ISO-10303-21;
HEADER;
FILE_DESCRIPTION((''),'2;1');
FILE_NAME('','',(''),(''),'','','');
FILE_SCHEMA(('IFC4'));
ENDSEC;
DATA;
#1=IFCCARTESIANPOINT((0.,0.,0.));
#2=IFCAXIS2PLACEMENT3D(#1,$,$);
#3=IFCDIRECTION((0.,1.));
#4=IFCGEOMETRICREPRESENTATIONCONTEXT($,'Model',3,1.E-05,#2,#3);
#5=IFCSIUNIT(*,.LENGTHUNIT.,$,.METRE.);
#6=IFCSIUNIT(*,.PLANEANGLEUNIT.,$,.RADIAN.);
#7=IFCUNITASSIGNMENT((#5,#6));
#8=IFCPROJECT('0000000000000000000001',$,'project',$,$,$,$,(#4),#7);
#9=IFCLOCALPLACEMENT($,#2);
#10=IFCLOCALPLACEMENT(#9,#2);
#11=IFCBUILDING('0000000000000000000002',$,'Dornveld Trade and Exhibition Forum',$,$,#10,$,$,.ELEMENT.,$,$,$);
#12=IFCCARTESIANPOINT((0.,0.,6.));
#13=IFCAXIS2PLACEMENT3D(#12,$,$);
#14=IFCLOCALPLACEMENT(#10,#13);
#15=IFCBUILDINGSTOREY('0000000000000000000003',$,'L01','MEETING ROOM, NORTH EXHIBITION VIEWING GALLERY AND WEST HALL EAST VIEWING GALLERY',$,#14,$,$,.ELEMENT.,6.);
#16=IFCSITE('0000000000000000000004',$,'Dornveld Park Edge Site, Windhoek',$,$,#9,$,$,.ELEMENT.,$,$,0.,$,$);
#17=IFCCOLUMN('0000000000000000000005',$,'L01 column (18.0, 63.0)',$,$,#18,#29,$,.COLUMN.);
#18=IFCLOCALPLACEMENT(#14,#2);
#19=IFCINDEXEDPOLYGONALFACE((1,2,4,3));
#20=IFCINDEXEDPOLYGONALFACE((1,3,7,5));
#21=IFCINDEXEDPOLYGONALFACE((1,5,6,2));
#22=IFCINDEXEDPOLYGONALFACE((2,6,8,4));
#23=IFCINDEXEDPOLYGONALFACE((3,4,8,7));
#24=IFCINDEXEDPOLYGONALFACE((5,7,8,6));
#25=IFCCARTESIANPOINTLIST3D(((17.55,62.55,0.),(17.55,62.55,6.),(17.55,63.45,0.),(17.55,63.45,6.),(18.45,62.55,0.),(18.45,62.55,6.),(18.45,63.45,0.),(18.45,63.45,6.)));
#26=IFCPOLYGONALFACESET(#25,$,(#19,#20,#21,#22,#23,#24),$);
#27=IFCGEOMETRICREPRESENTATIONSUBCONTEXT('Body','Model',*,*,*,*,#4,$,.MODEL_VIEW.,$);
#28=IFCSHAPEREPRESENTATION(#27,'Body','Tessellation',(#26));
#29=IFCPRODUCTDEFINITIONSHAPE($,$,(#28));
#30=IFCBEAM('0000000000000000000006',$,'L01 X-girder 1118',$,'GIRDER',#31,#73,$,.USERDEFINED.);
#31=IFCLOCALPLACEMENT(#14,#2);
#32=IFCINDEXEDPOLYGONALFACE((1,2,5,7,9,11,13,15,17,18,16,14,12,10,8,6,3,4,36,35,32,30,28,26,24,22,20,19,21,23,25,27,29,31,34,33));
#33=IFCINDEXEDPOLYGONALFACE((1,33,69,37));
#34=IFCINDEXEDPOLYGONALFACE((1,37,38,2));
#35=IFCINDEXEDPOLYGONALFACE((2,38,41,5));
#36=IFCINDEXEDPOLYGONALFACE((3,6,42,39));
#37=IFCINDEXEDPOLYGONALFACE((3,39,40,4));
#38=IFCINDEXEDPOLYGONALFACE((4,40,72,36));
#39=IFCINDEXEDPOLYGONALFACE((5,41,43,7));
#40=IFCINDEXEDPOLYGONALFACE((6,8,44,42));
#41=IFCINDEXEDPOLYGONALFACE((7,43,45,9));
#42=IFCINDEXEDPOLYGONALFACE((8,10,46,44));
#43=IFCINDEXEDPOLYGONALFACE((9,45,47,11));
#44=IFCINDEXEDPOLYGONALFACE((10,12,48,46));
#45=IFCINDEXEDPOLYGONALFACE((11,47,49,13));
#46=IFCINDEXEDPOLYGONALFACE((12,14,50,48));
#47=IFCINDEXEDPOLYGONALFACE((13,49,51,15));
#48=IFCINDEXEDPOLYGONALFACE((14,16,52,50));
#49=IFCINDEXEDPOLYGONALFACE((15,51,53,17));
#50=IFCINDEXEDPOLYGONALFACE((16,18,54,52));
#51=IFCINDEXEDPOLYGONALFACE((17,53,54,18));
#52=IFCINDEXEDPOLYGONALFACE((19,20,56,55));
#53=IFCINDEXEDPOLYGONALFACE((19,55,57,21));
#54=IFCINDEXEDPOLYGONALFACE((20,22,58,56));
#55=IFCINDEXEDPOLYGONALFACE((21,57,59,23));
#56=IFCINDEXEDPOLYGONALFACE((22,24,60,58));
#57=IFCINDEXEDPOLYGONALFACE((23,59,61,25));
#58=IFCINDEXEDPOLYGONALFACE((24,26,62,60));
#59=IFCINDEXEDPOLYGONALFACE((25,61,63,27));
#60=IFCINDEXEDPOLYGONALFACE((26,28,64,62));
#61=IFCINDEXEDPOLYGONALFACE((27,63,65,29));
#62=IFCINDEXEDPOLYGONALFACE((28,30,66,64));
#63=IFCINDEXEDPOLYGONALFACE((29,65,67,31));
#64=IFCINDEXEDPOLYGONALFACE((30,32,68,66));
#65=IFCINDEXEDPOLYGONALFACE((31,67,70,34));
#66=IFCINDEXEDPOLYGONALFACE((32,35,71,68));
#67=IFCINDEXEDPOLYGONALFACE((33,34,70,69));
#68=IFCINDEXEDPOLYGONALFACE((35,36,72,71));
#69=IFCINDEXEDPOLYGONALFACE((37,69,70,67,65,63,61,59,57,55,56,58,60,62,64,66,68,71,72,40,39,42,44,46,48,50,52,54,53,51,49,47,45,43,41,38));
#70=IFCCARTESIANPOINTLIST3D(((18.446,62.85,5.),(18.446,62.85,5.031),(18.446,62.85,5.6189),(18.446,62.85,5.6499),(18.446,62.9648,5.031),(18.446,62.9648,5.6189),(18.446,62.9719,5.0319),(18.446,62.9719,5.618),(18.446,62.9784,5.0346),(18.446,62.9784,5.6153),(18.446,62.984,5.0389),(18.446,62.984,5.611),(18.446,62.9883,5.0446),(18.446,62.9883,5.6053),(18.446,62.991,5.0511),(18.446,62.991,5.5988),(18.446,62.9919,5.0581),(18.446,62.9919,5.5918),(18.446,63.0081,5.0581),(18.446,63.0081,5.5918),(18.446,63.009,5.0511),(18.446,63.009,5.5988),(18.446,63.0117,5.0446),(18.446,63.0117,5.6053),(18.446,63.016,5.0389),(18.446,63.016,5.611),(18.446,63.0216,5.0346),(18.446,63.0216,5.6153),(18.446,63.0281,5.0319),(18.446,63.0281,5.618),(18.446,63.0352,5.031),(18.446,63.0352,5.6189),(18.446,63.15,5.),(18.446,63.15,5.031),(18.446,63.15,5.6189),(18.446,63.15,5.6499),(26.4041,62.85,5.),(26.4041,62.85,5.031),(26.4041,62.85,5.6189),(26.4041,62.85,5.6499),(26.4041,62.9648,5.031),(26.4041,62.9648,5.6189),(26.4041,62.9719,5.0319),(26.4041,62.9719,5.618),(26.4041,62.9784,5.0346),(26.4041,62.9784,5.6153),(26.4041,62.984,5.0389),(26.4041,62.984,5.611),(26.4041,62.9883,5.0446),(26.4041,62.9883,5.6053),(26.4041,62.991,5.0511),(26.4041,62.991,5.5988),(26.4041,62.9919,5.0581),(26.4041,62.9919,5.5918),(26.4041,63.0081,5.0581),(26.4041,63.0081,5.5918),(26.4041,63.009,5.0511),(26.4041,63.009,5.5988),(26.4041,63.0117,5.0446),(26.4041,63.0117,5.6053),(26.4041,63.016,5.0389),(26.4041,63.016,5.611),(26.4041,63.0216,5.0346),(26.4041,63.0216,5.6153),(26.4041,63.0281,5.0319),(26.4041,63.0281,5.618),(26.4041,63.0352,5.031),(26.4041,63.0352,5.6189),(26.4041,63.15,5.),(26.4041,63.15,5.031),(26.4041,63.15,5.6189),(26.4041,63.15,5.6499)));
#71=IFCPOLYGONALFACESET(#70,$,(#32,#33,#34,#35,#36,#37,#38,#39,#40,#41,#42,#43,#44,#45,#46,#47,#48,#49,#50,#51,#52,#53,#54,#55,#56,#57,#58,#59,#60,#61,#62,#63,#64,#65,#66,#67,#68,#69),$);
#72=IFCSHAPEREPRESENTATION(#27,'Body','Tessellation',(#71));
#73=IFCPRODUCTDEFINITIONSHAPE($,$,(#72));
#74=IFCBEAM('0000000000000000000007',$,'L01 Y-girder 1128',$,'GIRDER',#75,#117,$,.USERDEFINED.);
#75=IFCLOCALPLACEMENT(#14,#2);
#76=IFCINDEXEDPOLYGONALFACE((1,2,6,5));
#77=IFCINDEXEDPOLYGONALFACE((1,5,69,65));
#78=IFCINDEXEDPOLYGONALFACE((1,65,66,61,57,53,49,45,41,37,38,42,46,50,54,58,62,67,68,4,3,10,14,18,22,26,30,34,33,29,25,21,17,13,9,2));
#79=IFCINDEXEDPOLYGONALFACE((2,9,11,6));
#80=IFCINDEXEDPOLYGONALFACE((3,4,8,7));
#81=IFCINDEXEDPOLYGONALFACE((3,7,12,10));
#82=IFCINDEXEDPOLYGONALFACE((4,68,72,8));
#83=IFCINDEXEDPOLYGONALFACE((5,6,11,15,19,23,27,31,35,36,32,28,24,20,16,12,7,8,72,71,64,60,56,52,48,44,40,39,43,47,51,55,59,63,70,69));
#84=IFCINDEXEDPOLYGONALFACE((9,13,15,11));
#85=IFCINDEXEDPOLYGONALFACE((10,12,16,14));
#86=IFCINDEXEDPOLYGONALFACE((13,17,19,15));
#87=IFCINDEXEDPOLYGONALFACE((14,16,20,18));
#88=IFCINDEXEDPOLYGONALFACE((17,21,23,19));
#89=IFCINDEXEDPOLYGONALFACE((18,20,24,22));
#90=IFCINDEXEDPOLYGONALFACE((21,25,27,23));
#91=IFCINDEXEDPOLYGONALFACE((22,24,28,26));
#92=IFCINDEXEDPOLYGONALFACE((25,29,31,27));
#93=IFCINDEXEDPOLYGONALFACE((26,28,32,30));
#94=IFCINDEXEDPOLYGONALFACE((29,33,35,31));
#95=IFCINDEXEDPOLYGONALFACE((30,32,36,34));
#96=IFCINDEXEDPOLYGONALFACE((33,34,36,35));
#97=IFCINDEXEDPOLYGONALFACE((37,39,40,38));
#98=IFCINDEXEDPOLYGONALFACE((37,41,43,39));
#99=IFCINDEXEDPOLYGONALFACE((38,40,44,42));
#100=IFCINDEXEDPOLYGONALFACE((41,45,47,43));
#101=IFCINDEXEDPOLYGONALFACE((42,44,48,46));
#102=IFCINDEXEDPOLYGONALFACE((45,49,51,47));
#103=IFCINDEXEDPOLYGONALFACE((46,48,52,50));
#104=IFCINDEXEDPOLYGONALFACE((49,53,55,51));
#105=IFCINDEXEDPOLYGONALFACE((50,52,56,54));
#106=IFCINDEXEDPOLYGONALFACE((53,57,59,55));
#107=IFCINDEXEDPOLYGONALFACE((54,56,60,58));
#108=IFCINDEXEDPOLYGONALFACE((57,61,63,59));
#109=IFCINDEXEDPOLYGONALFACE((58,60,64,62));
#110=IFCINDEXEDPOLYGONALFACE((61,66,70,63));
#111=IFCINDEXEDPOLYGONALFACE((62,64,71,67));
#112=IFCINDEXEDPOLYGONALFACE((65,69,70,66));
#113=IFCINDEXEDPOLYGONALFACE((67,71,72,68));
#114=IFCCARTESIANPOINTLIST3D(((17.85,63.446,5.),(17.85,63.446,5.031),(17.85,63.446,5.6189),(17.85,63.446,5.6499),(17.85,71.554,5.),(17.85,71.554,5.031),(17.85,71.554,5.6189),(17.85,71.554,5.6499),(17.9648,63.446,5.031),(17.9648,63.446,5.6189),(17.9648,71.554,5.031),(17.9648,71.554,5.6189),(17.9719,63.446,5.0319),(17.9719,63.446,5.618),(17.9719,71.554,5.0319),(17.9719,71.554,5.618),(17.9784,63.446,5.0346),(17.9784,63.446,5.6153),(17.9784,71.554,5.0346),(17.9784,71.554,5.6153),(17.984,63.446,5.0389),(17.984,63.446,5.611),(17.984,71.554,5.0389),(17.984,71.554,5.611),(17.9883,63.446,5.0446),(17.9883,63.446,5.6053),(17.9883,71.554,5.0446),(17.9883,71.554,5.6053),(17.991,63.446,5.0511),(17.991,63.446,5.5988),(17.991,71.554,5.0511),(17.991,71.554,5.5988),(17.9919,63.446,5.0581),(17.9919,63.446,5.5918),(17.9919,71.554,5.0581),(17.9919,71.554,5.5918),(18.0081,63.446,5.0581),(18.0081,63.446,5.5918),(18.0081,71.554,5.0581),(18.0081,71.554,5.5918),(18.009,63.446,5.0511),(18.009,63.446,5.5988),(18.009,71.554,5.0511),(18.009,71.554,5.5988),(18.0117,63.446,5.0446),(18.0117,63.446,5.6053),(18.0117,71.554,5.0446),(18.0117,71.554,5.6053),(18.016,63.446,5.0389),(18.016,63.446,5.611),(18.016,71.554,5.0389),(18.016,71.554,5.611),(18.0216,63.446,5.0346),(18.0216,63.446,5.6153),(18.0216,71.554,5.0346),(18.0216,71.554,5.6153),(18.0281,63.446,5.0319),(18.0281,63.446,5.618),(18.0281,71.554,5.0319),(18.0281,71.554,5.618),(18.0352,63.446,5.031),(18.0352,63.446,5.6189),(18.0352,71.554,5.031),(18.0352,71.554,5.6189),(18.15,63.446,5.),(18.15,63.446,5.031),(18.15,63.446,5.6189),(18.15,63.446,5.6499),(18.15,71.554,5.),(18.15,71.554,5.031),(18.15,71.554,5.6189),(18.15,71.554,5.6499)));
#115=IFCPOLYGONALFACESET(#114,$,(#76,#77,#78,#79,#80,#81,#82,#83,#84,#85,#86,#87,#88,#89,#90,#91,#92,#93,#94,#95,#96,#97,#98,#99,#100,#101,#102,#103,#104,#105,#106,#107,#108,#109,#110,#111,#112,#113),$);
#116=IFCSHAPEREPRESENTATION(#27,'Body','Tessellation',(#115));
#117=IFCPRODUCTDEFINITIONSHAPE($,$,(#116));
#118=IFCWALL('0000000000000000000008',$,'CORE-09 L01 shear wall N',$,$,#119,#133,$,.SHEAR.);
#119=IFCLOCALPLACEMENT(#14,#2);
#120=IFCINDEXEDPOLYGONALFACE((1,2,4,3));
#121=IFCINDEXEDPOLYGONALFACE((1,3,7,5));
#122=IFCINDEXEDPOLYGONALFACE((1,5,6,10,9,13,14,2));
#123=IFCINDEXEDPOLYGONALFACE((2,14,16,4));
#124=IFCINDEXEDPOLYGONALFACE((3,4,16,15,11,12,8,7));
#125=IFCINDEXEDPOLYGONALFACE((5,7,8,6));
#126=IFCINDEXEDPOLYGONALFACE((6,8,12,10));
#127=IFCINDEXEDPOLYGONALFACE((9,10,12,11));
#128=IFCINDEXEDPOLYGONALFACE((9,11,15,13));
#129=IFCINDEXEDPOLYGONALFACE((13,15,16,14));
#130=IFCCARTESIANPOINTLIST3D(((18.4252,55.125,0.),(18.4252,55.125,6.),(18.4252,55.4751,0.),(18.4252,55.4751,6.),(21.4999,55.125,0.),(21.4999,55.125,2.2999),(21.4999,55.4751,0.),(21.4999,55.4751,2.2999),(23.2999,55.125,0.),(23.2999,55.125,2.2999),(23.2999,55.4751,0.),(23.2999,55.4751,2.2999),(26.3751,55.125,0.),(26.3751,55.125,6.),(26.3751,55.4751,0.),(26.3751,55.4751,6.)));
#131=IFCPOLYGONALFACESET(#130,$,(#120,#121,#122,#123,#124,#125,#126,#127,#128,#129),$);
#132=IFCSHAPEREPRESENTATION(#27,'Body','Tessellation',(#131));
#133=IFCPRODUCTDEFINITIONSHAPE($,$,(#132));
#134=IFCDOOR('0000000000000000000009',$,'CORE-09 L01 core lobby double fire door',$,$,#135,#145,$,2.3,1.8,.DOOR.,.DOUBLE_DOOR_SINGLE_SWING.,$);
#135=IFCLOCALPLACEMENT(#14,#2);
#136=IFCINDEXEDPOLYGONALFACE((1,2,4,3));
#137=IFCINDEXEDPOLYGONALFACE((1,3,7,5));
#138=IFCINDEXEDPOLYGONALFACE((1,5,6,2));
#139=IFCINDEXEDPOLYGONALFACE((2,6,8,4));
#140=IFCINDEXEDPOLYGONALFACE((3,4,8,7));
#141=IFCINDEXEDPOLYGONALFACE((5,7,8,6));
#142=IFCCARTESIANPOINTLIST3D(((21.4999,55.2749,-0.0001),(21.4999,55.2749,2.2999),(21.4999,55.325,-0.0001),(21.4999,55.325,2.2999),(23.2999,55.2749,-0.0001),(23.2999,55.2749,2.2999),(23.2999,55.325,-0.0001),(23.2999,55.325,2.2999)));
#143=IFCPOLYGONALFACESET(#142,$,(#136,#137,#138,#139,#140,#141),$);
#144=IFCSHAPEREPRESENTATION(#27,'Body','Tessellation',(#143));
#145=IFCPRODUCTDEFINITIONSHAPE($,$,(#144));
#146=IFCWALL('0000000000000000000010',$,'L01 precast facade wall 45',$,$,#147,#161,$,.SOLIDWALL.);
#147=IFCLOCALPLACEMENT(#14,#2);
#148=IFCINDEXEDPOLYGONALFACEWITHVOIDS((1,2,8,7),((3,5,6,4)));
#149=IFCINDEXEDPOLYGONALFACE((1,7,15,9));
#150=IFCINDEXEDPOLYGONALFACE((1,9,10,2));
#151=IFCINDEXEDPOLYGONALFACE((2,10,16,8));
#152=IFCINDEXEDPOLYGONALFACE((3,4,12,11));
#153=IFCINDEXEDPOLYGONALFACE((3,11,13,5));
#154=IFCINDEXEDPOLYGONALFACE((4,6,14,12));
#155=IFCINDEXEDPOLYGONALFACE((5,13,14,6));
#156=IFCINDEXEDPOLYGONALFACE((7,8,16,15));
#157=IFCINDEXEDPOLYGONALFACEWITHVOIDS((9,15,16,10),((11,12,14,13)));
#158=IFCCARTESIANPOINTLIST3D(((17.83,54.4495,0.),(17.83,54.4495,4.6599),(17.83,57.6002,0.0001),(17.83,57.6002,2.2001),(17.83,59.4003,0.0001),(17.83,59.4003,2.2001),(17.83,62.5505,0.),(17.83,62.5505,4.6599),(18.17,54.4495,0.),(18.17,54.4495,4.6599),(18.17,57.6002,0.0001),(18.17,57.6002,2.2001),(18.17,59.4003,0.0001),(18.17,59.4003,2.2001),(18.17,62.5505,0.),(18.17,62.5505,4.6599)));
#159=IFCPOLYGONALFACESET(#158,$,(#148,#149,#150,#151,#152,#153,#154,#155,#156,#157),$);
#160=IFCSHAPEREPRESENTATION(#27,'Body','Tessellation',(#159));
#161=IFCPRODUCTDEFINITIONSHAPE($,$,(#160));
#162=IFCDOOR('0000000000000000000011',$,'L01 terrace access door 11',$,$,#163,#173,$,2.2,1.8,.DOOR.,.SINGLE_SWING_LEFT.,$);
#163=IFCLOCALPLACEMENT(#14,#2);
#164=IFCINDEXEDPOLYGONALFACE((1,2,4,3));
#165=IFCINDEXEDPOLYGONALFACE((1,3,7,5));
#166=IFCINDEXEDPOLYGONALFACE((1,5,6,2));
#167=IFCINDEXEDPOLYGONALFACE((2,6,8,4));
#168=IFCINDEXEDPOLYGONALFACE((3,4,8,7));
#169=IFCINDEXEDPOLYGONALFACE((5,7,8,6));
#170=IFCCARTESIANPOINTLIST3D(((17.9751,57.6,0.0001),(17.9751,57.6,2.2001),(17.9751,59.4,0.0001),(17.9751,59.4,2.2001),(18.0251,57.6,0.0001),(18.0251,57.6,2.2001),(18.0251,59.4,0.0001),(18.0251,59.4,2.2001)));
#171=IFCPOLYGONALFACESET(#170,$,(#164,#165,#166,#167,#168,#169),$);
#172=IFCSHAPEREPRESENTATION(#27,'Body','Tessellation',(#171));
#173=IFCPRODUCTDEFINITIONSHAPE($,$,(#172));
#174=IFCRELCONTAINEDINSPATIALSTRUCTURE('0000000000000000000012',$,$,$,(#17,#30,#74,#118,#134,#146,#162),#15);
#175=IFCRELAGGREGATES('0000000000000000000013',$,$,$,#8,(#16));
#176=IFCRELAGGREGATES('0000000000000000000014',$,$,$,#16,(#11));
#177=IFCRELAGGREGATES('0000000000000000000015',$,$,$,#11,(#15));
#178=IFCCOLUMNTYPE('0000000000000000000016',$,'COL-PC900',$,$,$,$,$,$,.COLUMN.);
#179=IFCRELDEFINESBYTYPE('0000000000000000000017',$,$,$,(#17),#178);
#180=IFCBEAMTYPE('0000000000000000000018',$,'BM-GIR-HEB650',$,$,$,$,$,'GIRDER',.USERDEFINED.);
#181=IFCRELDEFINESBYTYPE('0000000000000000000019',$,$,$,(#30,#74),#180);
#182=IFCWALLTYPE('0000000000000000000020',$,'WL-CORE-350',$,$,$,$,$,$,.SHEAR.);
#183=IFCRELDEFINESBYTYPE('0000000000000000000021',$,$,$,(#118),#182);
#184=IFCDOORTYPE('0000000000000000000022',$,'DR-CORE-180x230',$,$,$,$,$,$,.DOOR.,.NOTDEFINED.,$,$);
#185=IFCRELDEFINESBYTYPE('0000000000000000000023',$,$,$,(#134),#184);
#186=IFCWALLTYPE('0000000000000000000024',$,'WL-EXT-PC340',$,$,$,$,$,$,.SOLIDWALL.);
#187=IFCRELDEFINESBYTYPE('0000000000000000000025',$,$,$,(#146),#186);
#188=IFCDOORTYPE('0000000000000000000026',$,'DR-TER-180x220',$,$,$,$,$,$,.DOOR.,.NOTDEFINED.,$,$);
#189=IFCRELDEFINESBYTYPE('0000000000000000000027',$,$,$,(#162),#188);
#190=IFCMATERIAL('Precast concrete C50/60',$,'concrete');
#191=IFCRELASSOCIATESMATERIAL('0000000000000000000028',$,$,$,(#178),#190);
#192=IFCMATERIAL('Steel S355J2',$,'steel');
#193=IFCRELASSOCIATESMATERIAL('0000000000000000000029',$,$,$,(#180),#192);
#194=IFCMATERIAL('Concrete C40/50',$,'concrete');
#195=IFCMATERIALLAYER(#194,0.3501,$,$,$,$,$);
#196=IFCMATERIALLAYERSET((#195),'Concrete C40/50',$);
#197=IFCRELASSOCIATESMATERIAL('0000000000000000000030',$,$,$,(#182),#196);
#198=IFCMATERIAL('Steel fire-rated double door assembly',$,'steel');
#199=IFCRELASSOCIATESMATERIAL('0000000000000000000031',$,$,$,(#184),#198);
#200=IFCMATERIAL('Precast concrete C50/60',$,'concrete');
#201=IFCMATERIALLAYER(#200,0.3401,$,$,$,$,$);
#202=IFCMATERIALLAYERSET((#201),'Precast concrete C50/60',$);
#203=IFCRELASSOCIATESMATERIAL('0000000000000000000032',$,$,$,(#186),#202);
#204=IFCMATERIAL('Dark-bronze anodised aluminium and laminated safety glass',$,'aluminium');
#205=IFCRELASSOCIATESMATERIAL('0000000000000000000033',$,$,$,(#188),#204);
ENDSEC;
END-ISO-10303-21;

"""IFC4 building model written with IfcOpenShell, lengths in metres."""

from ifc_helpers import new_model, si_unit, direction, frame, frame_2d, origin, origin_2d, place, context, subcontext, project, spatial, rectangle, i_section, extrude, material, layer, layer_set, material_profile, profile_set, type_object, element, fill, save


model = new_model("IFC4")

# Units and contexts
model_context = context("Model", 3, precision=1e-05, world=origin(), true_north=direction((0.0, 1.0)))
body_context = subcontext(model_context, "Body", "Model", "MODEL_VIEW")
ifc_project = project(units=[si_unit("LENGTHUNIT", "METRE"), si_unit("PLANEANGLEUNIT", "RADIAN")], contexts=[model_context])

# Site, building, storey
site_placement = place(None, origin())
site = spatial("IfcSite", under=ifc_project, at=site_placement, Name="Dornveld Park Edge Site, Windhoek", CompositionType="ELEMENT", RefElevation=0.0)
building_placement = place(site_placement, origin())
building = spatial("IfcBuilding", under=site, at=building_placement, Name="Dornveld Trade and Exhibition Forum", CompositionType="ELEMENT")
storey_placement = place(building_placement, frame((0.0, 0.0, 6.0)))
storey = spatial("IfcBuildingStorey", under=building, at=storey_placement, Name="L01", Description="MEETING ROOM, NORTH EXHIBITION VIEWING GALLERY AND WEST HALL EAST VIEWING GALLERY", CompositionType="ELEMENT", Elevation=6.0)

# Column
ifc_material_1 = material(Name="Precast concrete C50/60", Category="concrete")
ifc_material_profile_1 = material_profile(ifc_material_1, rectangle(XDim=0.8999, YDim=0.8999, at=origin_2d()), Name="PC-COL 900x900")
ifc_profile_set_1 = profile_set([ifc_material_profile_1], Name="Precast concrete C50/60")
column_type = type_object("IfcColumnType", Name="COL-PC900", PredefinedType="COLUMN", material=ifc_profile_set_1)
column_placement = place(storey_placement, frame((18.0, 63.0, 0.0), z_axis=(0.0, 0.0, 1.0), x_axis=(1.0, 0.0, 0.0)))
element("IfcColumn", 1, at=column_placement, inside=storey, type_object=column_type, Name="L01 column (18.0, 63.0)", PredefinedType="COLUMN", context=body_context, shape_type="SweptSolid", body=[
    extrude(rectangle(XDim=0.8999, YDim=0.8999, at=origin_2d()), origin(), (0.0, 0.0, 1.0), 6.0),
])

# Beams
ifc_material_2 = material(Name="Steel S355J2", Category="steel")
ifc_material_profile_2 = material_profile(ifc_material_2, i_section(OverallWidth=0.3, OverallDepth=0.6499, WebThickness=0.0161, FlangeThickness=0.031, FilletRadius=0.0271, at=origin_2d()), Name="HEB 650")
ifc_profile_set_2 = profile_set([ifc_material_profile_2], Name="Steel S355J2")
beam_type = type_object("IfcBeamType", Name="BM-GIR-HEB650", ElementType="GIRDER", PredefinedType="USERDEFINED", material=ifc_profile_set_2)
beam_1_placement = place(storey_placement, frame((18.446, 63.0, 5.325), z_axis=(1.0, 0.0, 0.0), x_axis=(0.0, 1.0, 0.0)))
element("IfcBeam", 2, at=beam_1_placement, inside=storey, type_object=beam_type, Name="L01 X-girder 1118", ObjectType="GIRDER", PredefinedType="USERDEFINED", context=body_context, shape_type="SweptSolid", body=[
    extrude(i_section(OverallWidth=0.3, OverallDepth=0.6499, WebThickness=0.0161, FlangeThickness=0.031, FilletRadius=0.0271, at=origin_2d()), origin(), (0.0, 0.0, 1.0), 7.958),
])
beam_2_placement = place(storey_placement, frame((18.0, 63.446, 5.325), z_axis=(0.0, 1.0, 0.0), x_axis=(-1.0, 0.0, 0.0)))
element("IfcBeam", 3, at=beam_2_placement, inside=storey, type_object=beam_type, Name="L01 Y-girder 1128", ObjectType="GIRDER", PredefinedType="USERDEFINED", context=body_context, shape_type="SweptSolid", body=[
    extrude(i_section(OverallWidth=0.3, OverallDepth=0.6499, WebThickness=0.0161, FlangeThickness=0.031, FilletRadius=0.0271, at=origin_2d()), origin(), (0.0, 0.0, 1.0), 8.1079),
])

# Walls, openings, doors
ifc_material_3 = material(Name="Concrete C40/50", Category="concrete")
ifc_layer_1 = layer(ifc_material_3, 0.3501)
ifc_layer_set_1 = layer_set([ifc_layer_1], Name="Concrete C40/50")
wall_type_1 = type_object("IfcWallType", Name="WL-CORE-350", PredefinedType="SHEAR", material=ifc_layer_set_1)
wall_1_placement = place(storey_placement, frame((18.425, 55.3, 0.0), z_axis=(0.0, 0.0, 1.0), x_axis=(1.0, 0.0, 0.0)))
wall_1 = element("IfcWall", 4, at=wall_1_placement, inside=storey, type_object=wall_type_1, Name="CORE-09 L01 shear wall N", PredefinedType="SHEAR", context=body_context, shape_type="SweptSolid", body=[
    extrude(rectangle(XDim=7.95, YDim=0.3501, at=frame_2d((3.9751, 0.0))), origin(), (0.0, 0.0, 1.0), 6.0),
])
opening_1_placement = place(wall_1_placement, frame((3.075, 0.0, 0.0)))
opening_1 = element("IfcOpeningElement", 5, at=opening_1_placement, cuts=wall_1, PredefinedType="OPENING", context=body_context, shape_type="SweptSolid", body=[
    extrude(rectangle(XDim=1.8, YDim=2.3, at=frame_2d((0.8999, 1.1499))), frame((0.0, 0.1851, 0.0), z_axis=(0.0, -1.0, 0.0), x_axis=(1.0, 0.0, 0.0)), (0.0, 0.0, 1.0), 0.3701),
])
ifc_material_4 = material(Name="Steel fire-rated double door assembly", Category="steel")
door_type_1 = type_object("IfcDoorType", Name="DR-CORE-180x230", OperationType="NOTDEFINED", PredefinedType="DOOR", material=ifc_material_4)
door_1_placement = place(opening_1_placement, origin())
door_1 = element("IfcDoor", 6, at=door_1_placement, inside=storey, type_object=door_type_1, Name="CORE-09 L01 core lobby double fire door", OperationType="DOUBLE_DOOR_SINGLE_SWING", OverallHeight=2.3, OverallWidth=1.8, PredefinedType="DOOR", context=body_context, shape_type="SweptSolid", body=[
    extrude(rectangle(XDim=1.8, YDim=2.3, at=frame_2d((0.8999, 1.1499))), frame((0.0, 0.0249, 0.0), z_axis=(0.0, -1.0, 0.0), x_axis=(1.0, 0.0, 0.0)), (0.0, 0.0, 1.0), 0.05),
])
fill(opening_1, door_1)
ifc_material_5 = material(Name="Precast concrete C50/60", Category="concrete")
ifc_layer_2 = layer(ifc_material_5, 0.3401)
ifc_layer_set_2 = layer_set([ifc_layer_2], Name="Precast concrete C50/60")
wall_type_2 = type_object("IfcWallType", Name="WL-EXT-PC340", PredefinedType="SOLIDWALL", material=ifc_layer_set_2)
wall_2_placement = place(storey_placement, frame((18.0, 62.5505, 0.0), z_axis=(0.0, 0.0, 1.0), x_axis=(0.0, -1.0, 0.0)))
wall_2 = element("IfcWall", 7, at=wall_2_placement, inside=storey, type_object=wall_type_2, Name="L01 precast facade wall 45", PredefinedType="SOLIDWALL", context=body_context, shape_type="SweptSolid", body=[
    extrude(rectangle(XDim=8.1011, YDim=0.3401, at=frame_2d((4.0505, 0.0))), origin(), (0.0, 0.0, 1.0), 4.6599),
])
opening_2_placement = place(wall_2_placement, frame((3.1504, 0.0, 0.0)))
opening_2 = element("IfcOpeningElement", 8, at=opening_2_placement, cuts=wall_2, PredefinedType="OPENING", context=body_context, shape_type="SweptSolid", body=[
    extrude(rectangle(XDim=1.8, YDim=2.2, at=frame_2d((0.8999, 1.1001))), frame((0.0, 0.1799, 0.0), z_axis=(0.0, -1.0, 0.0), x_axis=(1.0, 0.0, 0.0)), (0.0, 0.0, 1.0), 0.3601),
])
ifc_material_6 = material(Name="Dark-bronze anodised aluminium and laminated safety glass", Category="aluminium")
door_type_2 = type_object("IfcDoorType", Name="DR-TER-180x220", OperationType="NOTDEFINED", PredefinedType="DOOR", material=ifc_material_6)
door_2_placement = place(opening_2_placement, frame((1.8, 0.0, 0.0), z_axis=(0.0, 0.0, 1.0), x_axis=(-1.0, 0.0, 0.0)))
door_2 = element("IfcDoor", 9, at=door_2_placement, inside=storey, type_object=door_type_2, Name="L01 terrace access door 11", OperationType="SINGLE_SWING_LEFT", OverallHeight=2.2, OverallWidth=1.8, PredefinedType="DOOR", context=body_context, shape_type="SweptSolid", body=[
    extrude(rectangle(XDim=1.8, YDim=2.2, at=frame_2d((0.8999, 1.1001))), frame((0.0, 0.0249, 0.0), z_axis=(0.0, -1.0, 0.0), x_axis=(1.0, 0.0, 0.0)), (0.0, 0.0, 1.0), 0.05),
])
fill(opening_2, door_2)

save(model, "model.ifc")
